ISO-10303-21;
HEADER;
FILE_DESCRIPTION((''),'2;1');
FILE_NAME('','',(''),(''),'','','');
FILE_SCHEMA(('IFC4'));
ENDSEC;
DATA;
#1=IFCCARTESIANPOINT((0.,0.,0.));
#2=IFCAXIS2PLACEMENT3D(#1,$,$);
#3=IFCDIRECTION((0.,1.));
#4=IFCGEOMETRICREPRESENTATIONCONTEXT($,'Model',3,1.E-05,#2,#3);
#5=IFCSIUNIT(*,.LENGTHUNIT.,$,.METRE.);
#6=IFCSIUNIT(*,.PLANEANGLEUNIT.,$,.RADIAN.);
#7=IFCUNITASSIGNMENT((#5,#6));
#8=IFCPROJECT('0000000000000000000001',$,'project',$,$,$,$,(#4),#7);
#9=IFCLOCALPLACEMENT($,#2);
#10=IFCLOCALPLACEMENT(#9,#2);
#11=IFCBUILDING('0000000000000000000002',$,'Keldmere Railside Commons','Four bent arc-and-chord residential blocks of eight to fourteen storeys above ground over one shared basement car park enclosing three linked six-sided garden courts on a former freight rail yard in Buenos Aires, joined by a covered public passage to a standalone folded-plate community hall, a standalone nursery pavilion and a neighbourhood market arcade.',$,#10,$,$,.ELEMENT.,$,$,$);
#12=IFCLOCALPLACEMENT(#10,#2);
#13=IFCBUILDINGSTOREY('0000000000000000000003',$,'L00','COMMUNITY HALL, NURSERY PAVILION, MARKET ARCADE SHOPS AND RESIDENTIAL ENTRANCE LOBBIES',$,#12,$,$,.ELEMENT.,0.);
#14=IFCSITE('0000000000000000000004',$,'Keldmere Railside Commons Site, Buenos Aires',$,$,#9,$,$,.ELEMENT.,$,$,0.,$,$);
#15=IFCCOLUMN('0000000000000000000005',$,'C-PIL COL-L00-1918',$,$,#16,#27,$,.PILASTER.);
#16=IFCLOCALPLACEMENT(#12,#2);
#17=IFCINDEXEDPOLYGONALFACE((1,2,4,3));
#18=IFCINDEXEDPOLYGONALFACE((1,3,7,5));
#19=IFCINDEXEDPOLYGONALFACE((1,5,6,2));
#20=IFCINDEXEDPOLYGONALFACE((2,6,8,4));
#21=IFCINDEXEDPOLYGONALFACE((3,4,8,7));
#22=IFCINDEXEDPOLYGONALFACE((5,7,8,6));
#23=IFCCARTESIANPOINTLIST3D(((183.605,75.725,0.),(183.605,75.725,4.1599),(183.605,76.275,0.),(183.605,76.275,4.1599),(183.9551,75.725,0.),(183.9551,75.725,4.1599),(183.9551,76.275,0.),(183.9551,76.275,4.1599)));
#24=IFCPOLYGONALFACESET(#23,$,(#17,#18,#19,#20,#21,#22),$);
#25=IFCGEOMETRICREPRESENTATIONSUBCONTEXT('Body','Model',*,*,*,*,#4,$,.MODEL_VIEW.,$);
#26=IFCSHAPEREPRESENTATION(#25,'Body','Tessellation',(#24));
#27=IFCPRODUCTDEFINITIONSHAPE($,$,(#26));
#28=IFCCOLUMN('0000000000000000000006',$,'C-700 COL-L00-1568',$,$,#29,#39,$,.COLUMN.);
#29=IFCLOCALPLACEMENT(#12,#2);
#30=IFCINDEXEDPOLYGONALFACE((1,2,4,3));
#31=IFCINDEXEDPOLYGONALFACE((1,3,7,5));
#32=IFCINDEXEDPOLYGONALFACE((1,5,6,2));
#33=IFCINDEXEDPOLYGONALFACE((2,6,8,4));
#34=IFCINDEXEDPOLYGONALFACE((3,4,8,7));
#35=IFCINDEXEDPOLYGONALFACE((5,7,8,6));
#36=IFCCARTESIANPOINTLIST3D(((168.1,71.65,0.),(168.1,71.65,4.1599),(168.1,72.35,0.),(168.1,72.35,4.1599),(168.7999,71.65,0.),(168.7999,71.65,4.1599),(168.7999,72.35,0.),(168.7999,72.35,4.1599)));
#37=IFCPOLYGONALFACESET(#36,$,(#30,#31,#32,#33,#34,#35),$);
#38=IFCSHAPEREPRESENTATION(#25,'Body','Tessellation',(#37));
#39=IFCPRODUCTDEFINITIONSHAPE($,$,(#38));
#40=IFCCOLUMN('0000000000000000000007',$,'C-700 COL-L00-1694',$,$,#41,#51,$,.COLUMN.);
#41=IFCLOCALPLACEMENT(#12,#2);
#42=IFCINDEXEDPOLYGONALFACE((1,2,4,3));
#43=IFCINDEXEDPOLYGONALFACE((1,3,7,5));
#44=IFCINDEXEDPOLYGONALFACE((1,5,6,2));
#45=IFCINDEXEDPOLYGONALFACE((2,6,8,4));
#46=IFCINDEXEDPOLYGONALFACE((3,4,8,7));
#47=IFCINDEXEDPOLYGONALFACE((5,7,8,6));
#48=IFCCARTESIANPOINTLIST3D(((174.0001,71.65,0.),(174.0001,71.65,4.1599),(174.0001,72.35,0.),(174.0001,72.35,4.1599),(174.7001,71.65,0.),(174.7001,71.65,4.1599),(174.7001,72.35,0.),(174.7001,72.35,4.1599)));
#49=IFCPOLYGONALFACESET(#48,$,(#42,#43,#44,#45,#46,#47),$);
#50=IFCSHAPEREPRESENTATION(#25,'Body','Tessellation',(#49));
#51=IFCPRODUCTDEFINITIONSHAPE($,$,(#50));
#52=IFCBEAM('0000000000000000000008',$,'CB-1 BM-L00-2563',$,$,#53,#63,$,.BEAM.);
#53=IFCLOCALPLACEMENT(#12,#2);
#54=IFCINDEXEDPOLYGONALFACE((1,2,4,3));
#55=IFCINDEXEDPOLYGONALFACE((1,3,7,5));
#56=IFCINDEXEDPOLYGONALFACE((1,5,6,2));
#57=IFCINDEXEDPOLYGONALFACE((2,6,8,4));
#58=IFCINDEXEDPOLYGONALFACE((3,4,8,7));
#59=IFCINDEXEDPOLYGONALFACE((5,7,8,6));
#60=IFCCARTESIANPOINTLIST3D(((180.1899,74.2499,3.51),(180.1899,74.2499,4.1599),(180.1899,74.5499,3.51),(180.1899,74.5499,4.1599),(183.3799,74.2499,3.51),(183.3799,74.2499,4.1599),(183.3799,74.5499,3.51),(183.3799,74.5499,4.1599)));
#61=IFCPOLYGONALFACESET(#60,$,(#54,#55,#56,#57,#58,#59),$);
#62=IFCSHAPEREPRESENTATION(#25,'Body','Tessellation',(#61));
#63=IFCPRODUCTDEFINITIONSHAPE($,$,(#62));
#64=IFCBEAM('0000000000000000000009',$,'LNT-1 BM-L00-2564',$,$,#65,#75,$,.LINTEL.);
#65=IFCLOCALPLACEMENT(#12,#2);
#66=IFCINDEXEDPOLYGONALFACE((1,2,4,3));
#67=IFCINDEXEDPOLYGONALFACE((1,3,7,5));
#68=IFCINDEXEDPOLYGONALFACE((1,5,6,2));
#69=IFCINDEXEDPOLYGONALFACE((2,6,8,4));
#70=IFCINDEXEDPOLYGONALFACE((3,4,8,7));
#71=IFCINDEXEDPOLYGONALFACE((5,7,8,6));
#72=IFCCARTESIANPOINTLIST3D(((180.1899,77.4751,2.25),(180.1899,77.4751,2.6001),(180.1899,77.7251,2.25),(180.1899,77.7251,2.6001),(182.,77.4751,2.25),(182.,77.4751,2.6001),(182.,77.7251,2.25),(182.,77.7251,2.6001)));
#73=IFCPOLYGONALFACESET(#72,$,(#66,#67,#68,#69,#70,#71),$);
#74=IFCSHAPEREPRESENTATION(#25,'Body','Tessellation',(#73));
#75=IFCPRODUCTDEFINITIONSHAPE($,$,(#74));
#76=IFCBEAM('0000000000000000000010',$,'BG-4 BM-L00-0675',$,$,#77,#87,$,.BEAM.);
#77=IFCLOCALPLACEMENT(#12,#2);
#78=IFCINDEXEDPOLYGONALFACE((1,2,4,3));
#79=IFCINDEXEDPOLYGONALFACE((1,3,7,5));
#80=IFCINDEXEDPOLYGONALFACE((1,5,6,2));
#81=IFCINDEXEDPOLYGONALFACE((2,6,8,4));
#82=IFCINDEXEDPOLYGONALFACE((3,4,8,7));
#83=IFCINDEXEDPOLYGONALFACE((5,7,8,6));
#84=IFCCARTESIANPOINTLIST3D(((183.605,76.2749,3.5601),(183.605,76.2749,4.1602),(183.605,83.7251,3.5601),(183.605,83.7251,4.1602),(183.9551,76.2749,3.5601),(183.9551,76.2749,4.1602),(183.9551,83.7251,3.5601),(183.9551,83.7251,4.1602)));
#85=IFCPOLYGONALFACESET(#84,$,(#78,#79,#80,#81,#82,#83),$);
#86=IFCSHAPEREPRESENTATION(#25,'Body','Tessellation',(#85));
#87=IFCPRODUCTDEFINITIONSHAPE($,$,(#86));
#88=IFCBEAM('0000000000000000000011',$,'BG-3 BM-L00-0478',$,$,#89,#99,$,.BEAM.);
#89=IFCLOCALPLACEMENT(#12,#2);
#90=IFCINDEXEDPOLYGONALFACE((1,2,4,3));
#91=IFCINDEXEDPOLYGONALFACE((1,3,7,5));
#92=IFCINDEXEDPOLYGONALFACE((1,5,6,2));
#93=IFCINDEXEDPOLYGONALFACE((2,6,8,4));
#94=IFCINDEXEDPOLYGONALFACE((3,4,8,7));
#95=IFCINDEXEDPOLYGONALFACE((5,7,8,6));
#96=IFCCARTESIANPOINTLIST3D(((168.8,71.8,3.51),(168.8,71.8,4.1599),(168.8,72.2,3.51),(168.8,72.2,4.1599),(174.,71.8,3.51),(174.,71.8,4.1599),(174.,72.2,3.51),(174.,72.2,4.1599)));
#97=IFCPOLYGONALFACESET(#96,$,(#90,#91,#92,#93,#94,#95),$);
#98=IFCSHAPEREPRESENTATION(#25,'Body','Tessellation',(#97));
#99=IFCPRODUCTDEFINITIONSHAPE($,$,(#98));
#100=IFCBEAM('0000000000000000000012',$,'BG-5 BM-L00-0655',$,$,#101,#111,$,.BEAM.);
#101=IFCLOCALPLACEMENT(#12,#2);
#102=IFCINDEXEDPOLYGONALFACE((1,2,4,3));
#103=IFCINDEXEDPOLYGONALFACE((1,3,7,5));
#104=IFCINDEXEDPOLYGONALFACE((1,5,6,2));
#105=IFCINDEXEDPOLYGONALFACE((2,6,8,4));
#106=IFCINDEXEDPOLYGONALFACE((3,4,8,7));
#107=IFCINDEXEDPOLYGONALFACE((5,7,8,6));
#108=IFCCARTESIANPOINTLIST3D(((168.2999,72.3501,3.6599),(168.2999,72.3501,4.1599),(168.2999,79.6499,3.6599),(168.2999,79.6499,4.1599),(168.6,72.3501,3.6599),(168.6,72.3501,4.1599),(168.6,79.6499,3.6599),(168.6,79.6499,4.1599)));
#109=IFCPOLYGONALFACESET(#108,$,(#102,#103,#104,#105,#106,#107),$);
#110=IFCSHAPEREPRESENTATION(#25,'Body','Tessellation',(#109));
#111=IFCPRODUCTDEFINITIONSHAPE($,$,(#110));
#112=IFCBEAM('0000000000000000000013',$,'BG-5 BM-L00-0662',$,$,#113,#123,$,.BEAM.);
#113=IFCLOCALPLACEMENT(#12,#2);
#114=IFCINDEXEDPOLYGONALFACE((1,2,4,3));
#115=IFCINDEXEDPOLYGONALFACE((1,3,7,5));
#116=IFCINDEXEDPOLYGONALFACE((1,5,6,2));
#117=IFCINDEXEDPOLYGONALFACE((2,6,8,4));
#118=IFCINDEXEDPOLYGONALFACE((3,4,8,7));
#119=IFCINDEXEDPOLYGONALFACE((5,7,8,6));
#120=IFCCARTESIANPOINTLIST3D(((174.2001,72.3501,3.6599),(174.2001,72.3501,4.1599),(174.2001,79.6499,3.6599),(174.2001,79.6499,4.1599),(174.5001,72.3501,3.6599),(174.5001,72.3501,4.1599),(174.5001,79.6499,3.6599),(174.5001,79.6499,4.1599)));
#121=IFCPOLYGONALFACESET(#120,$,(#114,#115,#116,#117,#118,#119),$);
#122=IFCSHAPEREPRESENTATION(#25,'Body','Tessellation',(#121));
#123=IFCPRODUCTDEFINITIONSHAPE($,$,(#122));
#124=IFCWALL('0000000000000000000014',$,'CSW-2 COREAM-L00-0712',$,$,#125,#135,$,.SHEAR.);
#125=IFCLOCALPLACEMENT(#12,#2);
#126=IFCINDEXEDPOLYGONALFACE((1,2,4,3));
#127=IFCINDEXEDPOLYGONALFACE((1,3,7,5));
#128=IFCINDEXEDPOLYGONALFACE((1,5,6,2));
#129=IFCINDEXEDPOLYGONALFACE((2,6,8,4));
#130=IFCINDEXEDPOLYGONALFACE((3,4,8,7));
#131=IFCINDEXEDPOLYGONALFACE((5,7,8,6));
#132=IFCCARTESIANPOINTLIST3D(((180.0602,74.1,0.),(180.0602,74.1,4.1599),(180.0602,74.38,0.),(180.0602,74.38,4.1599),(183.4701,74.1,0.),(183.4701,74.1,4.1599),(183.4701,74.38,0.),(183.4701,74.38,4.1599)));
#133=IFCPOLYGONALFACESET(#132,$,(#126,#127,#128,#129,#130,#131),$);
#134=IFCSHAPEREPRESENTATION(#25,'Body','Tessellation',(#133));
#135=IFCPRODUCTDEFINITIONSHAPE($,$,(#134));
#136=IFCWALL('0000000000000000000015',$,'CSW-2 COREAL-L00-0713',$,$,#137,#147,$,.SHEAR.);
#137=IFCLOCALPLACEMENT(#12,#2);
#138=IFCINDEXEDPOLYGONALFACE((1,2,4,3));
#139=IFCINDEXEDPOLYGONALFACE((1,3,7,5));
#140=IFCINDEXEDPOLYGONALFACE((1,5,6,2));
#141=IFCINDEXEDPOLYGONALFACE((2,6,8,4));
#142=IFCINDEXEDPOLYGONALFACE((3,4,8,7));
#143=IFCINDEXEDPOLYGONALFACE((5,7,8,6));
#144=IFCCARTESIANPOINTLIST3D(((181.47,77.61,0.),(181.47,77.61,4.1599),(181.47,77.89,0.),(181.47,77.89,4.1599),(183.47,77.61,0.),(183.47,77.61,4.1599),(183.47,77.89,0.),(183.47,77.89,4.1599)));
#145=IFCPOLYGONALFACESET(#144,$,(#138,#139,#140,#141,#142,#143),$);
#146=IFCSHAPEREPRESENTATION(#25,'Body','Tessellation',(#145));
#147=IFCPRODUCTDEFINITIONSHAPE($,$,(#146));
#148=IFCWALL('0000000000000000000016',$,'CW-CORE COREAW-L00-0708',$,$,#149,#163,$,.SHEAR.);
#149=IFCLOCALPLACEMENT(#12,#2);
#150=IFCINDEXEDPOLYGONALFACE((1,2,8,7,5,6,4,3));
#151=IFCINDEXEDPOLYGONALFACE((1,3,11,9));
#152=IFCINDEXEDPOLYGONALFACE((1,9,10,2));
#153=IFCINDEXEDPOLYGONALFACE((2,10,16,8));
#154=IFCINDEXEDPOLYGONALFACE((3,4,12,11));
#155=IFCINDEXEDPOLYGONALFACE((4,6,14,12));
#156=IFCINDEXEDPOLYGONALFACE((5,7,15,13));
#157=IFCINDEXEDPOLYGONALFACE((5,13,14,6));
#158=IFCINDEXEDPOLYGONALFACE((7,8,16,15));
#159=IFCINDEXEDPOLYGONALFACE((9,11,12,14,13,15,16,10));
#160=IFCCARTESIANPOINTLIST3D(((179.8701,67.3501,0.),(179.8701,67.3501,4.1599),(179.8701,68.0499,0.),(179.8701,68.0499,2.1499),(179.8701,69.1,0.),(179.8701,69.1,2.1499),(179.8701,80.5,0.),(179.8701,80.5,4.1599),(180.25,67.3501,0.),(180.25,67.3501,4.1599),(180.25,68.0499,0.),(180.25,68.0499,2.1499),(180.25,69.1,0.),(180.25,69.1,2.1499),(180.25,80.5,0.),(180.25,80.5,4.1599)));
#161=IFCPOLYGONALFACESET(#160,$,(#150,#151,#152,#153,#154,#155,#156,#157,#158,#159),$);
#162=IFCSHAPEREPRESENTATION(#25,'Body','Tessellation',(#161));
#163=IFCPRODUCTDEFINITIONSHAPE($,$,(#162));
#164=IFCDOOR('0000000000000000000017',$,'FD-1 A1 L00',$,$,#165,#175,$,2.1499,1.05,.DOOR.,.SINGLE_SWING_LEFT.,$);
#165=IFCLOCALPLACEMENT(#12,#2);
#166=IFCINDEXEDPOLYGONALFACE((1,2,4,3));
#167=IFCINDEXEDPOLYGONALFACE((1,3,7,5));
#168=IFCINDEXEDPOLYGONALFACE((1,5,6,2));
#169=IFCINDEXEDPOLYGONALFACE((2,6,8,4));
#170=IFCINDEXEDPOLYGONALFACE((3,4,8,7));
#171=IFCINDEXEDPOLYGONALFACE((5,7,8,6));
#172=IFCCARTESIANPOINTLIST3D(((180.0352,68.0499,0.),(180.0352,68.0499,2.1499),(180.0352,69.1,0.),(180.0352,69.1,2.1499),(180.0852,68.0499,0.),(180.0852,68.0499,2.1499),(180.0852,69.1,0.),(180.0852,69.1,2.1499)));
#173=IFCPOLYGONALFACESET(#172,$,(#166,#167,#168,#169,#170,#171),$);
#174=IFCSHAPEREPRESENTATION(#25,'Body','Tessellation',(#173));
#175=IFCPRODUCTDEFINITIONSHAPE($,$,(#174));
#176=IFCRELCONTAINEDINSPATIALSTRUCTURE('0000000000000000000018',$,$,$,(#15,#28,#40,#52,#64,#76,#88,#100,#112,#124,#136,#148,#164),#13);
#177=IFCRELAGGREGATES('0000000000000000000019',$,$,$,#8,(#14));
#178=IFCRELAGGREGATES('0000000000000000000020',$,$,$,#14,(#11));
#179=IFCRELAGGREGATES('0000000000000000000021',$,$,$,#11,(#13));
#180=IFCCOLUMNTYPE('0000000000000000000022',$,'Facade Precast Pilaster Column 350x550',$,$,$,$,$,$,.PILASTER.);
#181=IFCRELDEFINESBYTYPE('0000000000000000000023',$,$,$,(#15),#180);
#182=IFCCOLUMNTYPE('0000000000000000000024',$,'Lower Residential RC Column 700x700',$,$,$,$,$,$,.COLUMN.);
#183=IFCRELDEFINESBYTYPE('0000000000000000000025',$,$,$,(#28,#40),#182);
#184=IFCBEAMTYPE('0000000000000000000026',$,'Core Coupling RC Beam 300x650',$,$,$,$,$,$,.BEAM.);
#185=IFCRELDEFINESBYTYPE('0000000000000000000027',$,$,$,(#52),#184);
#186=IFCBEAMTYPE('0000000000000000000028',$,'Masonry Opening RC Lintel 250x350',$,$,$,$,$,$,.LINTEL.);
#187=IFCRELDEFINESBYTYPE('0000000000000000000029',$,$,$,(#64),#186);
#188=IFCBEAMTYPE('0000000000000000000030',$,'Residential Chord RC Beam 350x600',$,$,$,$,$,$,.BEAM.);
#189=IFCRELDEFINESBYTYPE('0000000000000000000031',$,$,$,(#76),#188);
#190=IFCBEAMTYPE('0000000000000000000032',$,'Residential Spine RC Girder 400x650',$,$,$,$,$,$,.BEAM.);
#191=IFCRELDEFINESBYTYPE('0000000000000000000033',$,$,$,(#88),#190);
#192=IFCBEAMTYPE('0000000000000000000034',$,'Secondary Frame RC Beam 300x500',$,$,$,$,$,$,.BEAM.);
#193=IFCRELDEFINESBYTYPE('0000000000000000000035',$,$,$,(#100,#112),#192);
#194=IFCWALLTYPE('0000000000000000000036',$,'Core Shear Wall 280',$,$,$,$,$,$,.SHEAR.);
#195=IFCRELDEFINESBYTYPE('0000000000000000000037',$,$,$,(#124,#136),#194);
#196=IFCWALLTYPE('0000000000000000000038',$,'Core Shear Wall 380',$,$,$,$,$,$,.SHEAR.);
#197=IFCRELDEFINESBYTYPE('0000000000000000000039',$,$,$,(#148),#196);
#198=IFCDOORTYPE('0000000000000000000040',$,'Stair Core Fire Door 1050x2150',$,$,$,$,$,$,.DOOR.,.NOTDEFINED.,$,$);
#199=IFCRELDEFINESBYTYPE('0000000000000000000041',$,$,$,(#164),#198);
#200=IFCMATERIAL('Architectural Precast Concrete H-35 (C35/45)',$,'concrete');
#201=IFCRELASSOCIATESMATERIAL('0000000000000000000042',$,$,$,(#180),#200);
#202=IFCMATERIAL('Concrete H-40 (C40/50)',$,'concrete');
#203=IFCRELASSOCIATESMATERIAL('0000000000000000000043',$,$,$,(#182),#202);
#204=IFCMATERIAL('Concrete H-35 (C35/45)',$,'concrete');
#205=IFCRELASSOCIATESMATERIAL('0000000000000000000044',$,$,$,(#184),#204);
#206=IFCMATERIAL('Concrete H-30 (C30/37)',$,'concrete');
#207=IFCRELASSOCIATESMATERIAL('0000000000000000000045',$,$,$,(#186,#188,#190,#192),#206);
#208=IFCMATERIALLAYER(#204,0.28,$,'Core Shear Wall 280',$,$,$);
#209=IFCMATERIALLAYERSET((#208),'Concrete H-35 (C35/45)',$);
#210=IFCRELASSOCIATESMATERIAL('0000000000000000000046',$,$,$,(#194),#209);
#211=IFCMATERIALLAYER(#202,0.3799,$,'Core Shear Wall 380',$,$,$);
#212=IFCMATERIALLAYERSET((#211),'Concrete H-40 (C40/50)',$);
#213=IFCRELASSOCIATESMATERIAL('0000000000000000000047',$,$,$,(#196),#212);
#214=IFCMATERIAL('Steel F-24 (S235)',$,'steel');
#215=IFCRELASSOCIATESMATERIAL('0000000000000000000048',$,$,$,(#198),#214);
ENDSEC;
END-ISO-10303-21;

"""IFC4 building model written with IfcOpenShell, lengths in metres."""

from ifc_helpers import new_model, si_unit, direction, frame, frame_2d, origin, origin_2d, place, context, subcontext, project, spatial, rectangle, extrude, material, layer, layer_set, material_profile, profile_set, type_object, element, fill, save


model = new_model("IFC4")

# Units and contexts
model_context = context("Model", 3, precision=1e-05, world=origin(), true_north=direction((0.0, 1.0)))
body_context = subcontext(model_context, "Body", "Model", "MODEL_VIEW")
ifc_project = project(units=[si_unit("LENGTHUNIT", "METRE"), si_unit("PLANEANGLEUNIT", "RADIAN")], contexts=[model_context])

# Site, building, storey
site_placement = place(None, origin())
site = spatial("IfcSite", under=ifc_project, at=site_placement, Name="Keldmere Railside Commons Site, Buenos Aires", CompositionType="ELEMENT", RefElevation=0.0)
building_placement = place(site_placement, origin())
building = spatial("IfcBuilding", under=site, at=building_placement, Name="Keldmere Railside Commons", Description="Four bent arc-and-chord residential blocks of eight to fourteen storeys above ground over one shared basement car park enclosing three linked six-sided garden courts on a former freight rail yard in Buenos Aires, joined by a covered public passage to a standalone folded-plate community hall, a standalone nursery pavilion and a neighbourhood market arcade.", CompositionType="ELEMENT")
storey_placement = place(building_placement, origin())
storey = spatial("IfcBuildingStorey", under=building, at=storey_placement, Name="L00", Description="COMMUNITY HALL, NURSERY PAVILION, MARKET ARCADE SHOPS AND RESIDENTIAL ENTRANCE LOBBIES", CompositionType="ELEMENT", Elevation=0.0)

# Columns
ifc_material_1 = material(Name="Architectural Precast Concrete H-35 (C35/45)", Category="concrete")
ifc_material_profile_1 = material_profile(ifc_material_1, rectangle(XDim=0.3501, YDim=0.55, at=origin_2d()), Name="RC-350x550")
ifc_profile_set_1 = profile_set([ifc_material_profile_1], Name="Architectural Precast Concrete H-35 (C35/45)")
column_type_1 = type_object("IfcColumnType", Name="Facade Precast Pilaster Column 350x550", PredefinedType="PILASTER", material=ifc_profile_set_1)
column_placement = place(storey_placement, frame((183.78, 76.0, 0.0), z_axis=(0.0, 0.0, 1.0), x_axis=(1.0, 0.0, 0.0)))
element("IfcColumn", 1, at=column_placement, inside=storey, type_object=column_type_1, Name="C-PIL COL-L00-1918", PredefinedType="PILASTER", context=body_context, shape_type="SweptSolid", body=[
    extrude(rectangle(XDim=0.3501, YDim=0.55, at=origin_2d()), origin(), (0.0, 0.0, 1.0), 4.1599),
])
ifc_material_2 = material(Name="Concrete H-40 (C40/50)", Category="concrete")
ifc_material_profile_2 = material_profile(ifc_material_2, rectangle(XDim=0.7, YDim=0.7, at=origin_2d()), Name="RC-700x700")
ifc_profile_set_2 = profile_set([ifc_material_profile_2], Name="Concrete H-40 (C40/50)")
column_type_2 = type_object("IfcColumnType", Name="Lower Residential RC Column 700x700", PredefinedType="COLUMN", material=ifc_profile_set_2)
for number, where, z_axis, x_axis, name in (
    (2, (168.45, 72.0, 0.0), (0.0, 0.0, 1.0), (1.0, 0.0, 0.0), "C-700 COL-L00-1568"),
    (3, (174.3501, 72.0, 0.0), (0.0, 0.0, 1.0), (1.0, 0.0, 0.0), "C-700 COL-L00-1694"),
):
    element("IfcColumn", number, at=place(storey_placement, frame(where, z_axis=z_axis, x_axis=x_axis)), inside=storey, type_object=column_type_2, Name=name, PredefinedType="COLUMN", context=body_context, shape_type="SweptSolid", body=[
        extrude(rectangle(XDim=0.7, YDim=0.7, at=origin_2d()), origin(), (0.0, 0.0, 1.0), 4.1599),
    ])

# Beams
ifc_material_3 = material(Name="Concrete H-35 (C35/45)", Category="concrete")
ifc_material_profile_3 = material_profile(ifc_material_3, rectangle(XDim=0.3, YDim=0.6499, at=origin_2d()), Name="RC-300x650")
ifc_profile_set_3 = profile_set([ifc_material_profile_3], Name="Concrete H-35 (C35/45)")
beam_type_1 = type_object("IfcBeamType", Name="Core Coupling RC Beam 300x650", PredefinedType="BEAM", material=ifc_profile_set_3)
beam_1_placement = place(storey_placement, frame((180.1899, 74.3999, 3.835), z_axis=(1.0, 0.0, 0.0), x_axis=(0.0, 1.0, 0.0)))
element("IfcBeam", 4, at=beam_1_placement, inside=storey, type_object=beam_type_1, Name="CB-1 BM-L00-2563", PredefinedType="BEAM", context=body_context, shape_type="SweptSolid", body=[
    extrude(rectangle(XDim=0.3, YDim=0.6499, at=origin_2d()), origin(), (0.0, 0.0, 1.0), 3.1899),
])
ifc_material_4 = material(Name="Concrete H-30 (C30/37)", Category="concrete")
ifc_material_profile_4 = material_profile(ifc_material_4, rectangle(XDim=0.25, YDim=0.3501, at=origin_2d()), Name="RC-250x350")
ifc_profile_set_4 = profile_set([ifc_material_profile_4], Name="Concrete H-30 (C30/37)")
beam_type_2 = type_object("IfcBeamType", Name="Masonry Opening RC Lintel 250x350", PredefinedType="LINTEL", material=ifc_profile_set_4)
beam_2_placement = place(storey_placement, frame((180.1899, 77.6001, 2.425), z_axis=(1.0, 0.0, 0.0), x_axis=(0.0, 1.0, 0.0)))
element("IfcBeam", 5, at=beam_2_placement, inside=storey, type_object=beam_type_2, Name="LNT-1 BM-L00-2564", PredefinedType="LINTEL", context=body_context, shape_type="SweptSolid", body=[
    extrude(rectangle(XDim=0.25, YDim=0.3501, at=origin_2d()), origin(), (0.0, 0.0, 1.0), 1.8101),
])
ifc_material_profile_5 = material_profile(ifc_material_4, rectangle(XDim=0.3501, YDim=0.6001, at=origin_2d()), Name="RC-350x600")
ifc_profile_set_5 = profile_set([ifc_material_profile_5], Name="Concrete H-30 (C30/37)")
beam_type_3 = type_object("IfcBeamType", Name="Residential Chord RC Beam 350x600", PredefinedType="BEAM", material=ifc_profile_set_5)
beam_3_placement = place(storey_placement, frame((183.78, 76.2749, 3.8601), z_axis=(0.0, 1.0, 0.0), x_axis=(-1.0, 0.0, 0.0)))
element("IfcBeam", 6, at=beam_3_placement, inside=storey, type_object=beam_type_3, Name="BG-4 BM-L00-0675", PredefinedType="BEAM", context=body_context, shape_type="SweptSolid", body=[
    extrude(rectangle(XDim=0.3501, YDim=0.6001, at=origin_2d()), origin(), (0.0, 0.0, 1.0), 7.4502),
])
ifc_material_profile_6 = material_profile(ifc_material_4, rectangle(XDim=0.3999, YDim=0.6499, at=origin_2d()), Name="RC-400x650")
ifc_profile_set_6 = profile_set([ifc_material_profile_6], Name="Concrete H-30 (C30/37)")
beam_type_4 = type_object("IfcBeamType", Name="Residential Spine RC Girder 400x650", PredefinedType="BEAM", material=ifc_profile_set_6)
beam_4_placement = place(storey_placement, frame((168.8, 72.0, 3.835), z_axis=(1.0, 0.0, 0.0), x_axis=(0.0, 1.0, 0.0)))
element("IfcBeam", 7, at=beam_4_placement, inside=storey, type_object=beam_type_4, Name="BG-3 BM-L00-0478", PredefinedType="BEAM", context=body_context, shape_type="SweptSolid", body=[
    extrude(rectangle(XDim=0.3999, YDim=0.6499, at=origin_2d()), origin(), (0.0, 0.0, 1.0), 5.2),
])
ifc_material_profile_7 = material_profile(ifc_material_4, rectangle(XDim=0.3, YDim=0.5, at=origin_2d()), Name="RC-300x500")
ifc_profile_set_7 = profile_set([ifc_material_profile_7], Name="Concrete H-30 (C30/37)")
beam_type_5 = type_object("IfcBeamType", Name="Secondary Frame RC Beam 300x500", PredefinedType="BEAM", material=ifc_profile_set_7)
for number, where, z_axis, x_axis, name in (
    (8, (168.45, 72.3501, 3.9099), (0.0, 1.0, 0.0), (-1.0, 0.0, 0.0), "BG-5 BM-L00-0655"),
    (9, (174.3501, 72.3501, 3.9099), (0.0, 1.0, 0.0), (-1.0, 0.0, 0.0), "BG-5 BM-L00-0662"),
):
    element("IfcBeam", number, at=place(storey_placement, frame(where, z_axis=z_axis, x_axis=x_axis)), inside=storey, type_object=beam_type_5, Name=name, PredefinedType="BEAM", context=body_context, shape_type="SweptSolid", body=[
        extrude(rectangle(XDim=0.3, YDim=0.5, at=origin_2d()), origin(), (0.0, 0.0, 1.0), 7.2998),
    ])

# Walls
ifc_layer_1 = layer(ifc_material_3, 0.28, Name="Core Shear Wall 280")
ifc_layer_set_1 = layer_set([ifc_layer_1], Name="Concrete H-35 (C35/45)")
wall_type_1 = type_object("IfcWallType", Name="Core Shear Wall 280", PredefinedType="SHEAR", material=ifc_layer_set_1)
wall_1_placement = place(storey_placement, frame((180.0601, 74.24, 0.0), z_axis=(0.0, 0.0, 1.0), x_axis=(1.0, 0.0, 0.0)))
element("IfcWall", 10, at=wall_1_placement, inside=storey, type_object=wall_type_1, Name="CSW-2 COREAM-L00-0712", PredefinedType="SHEAR", context=body_context, shape_type="SweptSolid", body=[
    extrude(rectangle(XDim=3.4099, YDim=0.28, at=frame_2d((1.7051, 0.0))), origin(), (0.0, 0.0, 1.0), 4.1599),
])
wall_2_placement = place(storey_placement, frame((181.47, 77.75, 0.0), z_axis=(0.0, 0.0, 1.0), x_axis=(1.0, 0.0, 0.0)))
element("IfcWall", 11, at=wall_2_placement, inside=storey, type_object=wall_type_1, Name="CSW-2 COREAL-L00-0713", PredefinedType="SHEAR", context=body_context, shape_type="SweptSolid", body=[
    extrude(rectangle(XDim=2.0, YDim=0.28, at=frame_2d((1.0, 0.0))), origin(), (0.0, 0.0, 1.0), 4.1599),
])

# Shared definitions
ifc_material_5 = material(Name="Steel F-24 (S235)", Category="steel")

# Wall, opening, door
ifc_layer_2 = layer(ifc_material_2, 0.3799, Name="Core Shear Wall 380")
ifc_layer_set_2 = layer_set([ifc_layer_2], Name="Concrete H-40 (C40/50)")
wall_type_2 = type_object("IfcWallType", Name="Core Shear Wall 380", PredefinedType="SHEAR", material=ifc_layer_set_2)
wall_3_placement = place(storey_placement, frame((180.0601, 67.3501, 0.0), z_axis=(0.0, 0.0, 1.0), x_axis=(0.0, 1.0, 0.0)))
wall_3 = element("IfcWall", 12, at=wall_3_placement, inside=storey, type_object=wall_type_2, Name="CW-CORE COREAW-L00-0708", PredefinedType="SHEAR", context=body_context, shape_type="SweptSolid", body=[
    extrude(rectangle(XDim=13.1499, YDim=0.3799, at=frame_2d((6.575, 0.0))), origin(), (0.0, 0.0, 1.0), 4.1599),
])
opening_1_placement = place(wall_3_placement, frame((0.7, 0.0, 0.0)))
opening_1 = element("IfcOpeningElement", 13, at=opening_1_placement, cuts=wall_3, PredefinedType="OPENING", context=body_context, shape_type="SweptSolid", body=[
    extrude(rectangle(XDim=1.05, YDim=2.1499, at=frame_2d((0.5249, 1.075))), frame((0.0, 0.2, 0.0), z_axis=(0.0, -1.0, 0.0), x_axis=(1.0, 0.0, 0.0)), (0.0, 0.0, 1.0), 0.3999),
])
door_type_1 = type_object("IfcDoorType", Name="Stair Core Fire Door 1050x2150", OperationType="NOTDEFINED", PredefinedType="DOOR", material=ifc_material_5)
door_1_placement = place(opening_1_placement, origin())
door_1 = element("IfcDoor", 14, at=door_1_placement, inside=storey, type_object=door_type_1, Name="FD-1 A1 L00", OperationType="SINGLE_SWING_LEFT", OverallHeight=2.1499, OverallWidth=1.05, PredefinedType="DOOR", context=body_context, shape_type="SweptSolid", body=[
    extrude(rectangle(XDim=1.05, YDim=2.1499, at=frame_2d((0.5249, 1.075))), frame((0.0, 0.0249, 0.0), z_axis=(0.0, -1.0, 0.0), x_axis=(1.0, 0.0, 0.0)), (0.0, 0.0, 1.0), 0.05),
])
fill(opening_1, door_1)

save(model, "model.ifc")
